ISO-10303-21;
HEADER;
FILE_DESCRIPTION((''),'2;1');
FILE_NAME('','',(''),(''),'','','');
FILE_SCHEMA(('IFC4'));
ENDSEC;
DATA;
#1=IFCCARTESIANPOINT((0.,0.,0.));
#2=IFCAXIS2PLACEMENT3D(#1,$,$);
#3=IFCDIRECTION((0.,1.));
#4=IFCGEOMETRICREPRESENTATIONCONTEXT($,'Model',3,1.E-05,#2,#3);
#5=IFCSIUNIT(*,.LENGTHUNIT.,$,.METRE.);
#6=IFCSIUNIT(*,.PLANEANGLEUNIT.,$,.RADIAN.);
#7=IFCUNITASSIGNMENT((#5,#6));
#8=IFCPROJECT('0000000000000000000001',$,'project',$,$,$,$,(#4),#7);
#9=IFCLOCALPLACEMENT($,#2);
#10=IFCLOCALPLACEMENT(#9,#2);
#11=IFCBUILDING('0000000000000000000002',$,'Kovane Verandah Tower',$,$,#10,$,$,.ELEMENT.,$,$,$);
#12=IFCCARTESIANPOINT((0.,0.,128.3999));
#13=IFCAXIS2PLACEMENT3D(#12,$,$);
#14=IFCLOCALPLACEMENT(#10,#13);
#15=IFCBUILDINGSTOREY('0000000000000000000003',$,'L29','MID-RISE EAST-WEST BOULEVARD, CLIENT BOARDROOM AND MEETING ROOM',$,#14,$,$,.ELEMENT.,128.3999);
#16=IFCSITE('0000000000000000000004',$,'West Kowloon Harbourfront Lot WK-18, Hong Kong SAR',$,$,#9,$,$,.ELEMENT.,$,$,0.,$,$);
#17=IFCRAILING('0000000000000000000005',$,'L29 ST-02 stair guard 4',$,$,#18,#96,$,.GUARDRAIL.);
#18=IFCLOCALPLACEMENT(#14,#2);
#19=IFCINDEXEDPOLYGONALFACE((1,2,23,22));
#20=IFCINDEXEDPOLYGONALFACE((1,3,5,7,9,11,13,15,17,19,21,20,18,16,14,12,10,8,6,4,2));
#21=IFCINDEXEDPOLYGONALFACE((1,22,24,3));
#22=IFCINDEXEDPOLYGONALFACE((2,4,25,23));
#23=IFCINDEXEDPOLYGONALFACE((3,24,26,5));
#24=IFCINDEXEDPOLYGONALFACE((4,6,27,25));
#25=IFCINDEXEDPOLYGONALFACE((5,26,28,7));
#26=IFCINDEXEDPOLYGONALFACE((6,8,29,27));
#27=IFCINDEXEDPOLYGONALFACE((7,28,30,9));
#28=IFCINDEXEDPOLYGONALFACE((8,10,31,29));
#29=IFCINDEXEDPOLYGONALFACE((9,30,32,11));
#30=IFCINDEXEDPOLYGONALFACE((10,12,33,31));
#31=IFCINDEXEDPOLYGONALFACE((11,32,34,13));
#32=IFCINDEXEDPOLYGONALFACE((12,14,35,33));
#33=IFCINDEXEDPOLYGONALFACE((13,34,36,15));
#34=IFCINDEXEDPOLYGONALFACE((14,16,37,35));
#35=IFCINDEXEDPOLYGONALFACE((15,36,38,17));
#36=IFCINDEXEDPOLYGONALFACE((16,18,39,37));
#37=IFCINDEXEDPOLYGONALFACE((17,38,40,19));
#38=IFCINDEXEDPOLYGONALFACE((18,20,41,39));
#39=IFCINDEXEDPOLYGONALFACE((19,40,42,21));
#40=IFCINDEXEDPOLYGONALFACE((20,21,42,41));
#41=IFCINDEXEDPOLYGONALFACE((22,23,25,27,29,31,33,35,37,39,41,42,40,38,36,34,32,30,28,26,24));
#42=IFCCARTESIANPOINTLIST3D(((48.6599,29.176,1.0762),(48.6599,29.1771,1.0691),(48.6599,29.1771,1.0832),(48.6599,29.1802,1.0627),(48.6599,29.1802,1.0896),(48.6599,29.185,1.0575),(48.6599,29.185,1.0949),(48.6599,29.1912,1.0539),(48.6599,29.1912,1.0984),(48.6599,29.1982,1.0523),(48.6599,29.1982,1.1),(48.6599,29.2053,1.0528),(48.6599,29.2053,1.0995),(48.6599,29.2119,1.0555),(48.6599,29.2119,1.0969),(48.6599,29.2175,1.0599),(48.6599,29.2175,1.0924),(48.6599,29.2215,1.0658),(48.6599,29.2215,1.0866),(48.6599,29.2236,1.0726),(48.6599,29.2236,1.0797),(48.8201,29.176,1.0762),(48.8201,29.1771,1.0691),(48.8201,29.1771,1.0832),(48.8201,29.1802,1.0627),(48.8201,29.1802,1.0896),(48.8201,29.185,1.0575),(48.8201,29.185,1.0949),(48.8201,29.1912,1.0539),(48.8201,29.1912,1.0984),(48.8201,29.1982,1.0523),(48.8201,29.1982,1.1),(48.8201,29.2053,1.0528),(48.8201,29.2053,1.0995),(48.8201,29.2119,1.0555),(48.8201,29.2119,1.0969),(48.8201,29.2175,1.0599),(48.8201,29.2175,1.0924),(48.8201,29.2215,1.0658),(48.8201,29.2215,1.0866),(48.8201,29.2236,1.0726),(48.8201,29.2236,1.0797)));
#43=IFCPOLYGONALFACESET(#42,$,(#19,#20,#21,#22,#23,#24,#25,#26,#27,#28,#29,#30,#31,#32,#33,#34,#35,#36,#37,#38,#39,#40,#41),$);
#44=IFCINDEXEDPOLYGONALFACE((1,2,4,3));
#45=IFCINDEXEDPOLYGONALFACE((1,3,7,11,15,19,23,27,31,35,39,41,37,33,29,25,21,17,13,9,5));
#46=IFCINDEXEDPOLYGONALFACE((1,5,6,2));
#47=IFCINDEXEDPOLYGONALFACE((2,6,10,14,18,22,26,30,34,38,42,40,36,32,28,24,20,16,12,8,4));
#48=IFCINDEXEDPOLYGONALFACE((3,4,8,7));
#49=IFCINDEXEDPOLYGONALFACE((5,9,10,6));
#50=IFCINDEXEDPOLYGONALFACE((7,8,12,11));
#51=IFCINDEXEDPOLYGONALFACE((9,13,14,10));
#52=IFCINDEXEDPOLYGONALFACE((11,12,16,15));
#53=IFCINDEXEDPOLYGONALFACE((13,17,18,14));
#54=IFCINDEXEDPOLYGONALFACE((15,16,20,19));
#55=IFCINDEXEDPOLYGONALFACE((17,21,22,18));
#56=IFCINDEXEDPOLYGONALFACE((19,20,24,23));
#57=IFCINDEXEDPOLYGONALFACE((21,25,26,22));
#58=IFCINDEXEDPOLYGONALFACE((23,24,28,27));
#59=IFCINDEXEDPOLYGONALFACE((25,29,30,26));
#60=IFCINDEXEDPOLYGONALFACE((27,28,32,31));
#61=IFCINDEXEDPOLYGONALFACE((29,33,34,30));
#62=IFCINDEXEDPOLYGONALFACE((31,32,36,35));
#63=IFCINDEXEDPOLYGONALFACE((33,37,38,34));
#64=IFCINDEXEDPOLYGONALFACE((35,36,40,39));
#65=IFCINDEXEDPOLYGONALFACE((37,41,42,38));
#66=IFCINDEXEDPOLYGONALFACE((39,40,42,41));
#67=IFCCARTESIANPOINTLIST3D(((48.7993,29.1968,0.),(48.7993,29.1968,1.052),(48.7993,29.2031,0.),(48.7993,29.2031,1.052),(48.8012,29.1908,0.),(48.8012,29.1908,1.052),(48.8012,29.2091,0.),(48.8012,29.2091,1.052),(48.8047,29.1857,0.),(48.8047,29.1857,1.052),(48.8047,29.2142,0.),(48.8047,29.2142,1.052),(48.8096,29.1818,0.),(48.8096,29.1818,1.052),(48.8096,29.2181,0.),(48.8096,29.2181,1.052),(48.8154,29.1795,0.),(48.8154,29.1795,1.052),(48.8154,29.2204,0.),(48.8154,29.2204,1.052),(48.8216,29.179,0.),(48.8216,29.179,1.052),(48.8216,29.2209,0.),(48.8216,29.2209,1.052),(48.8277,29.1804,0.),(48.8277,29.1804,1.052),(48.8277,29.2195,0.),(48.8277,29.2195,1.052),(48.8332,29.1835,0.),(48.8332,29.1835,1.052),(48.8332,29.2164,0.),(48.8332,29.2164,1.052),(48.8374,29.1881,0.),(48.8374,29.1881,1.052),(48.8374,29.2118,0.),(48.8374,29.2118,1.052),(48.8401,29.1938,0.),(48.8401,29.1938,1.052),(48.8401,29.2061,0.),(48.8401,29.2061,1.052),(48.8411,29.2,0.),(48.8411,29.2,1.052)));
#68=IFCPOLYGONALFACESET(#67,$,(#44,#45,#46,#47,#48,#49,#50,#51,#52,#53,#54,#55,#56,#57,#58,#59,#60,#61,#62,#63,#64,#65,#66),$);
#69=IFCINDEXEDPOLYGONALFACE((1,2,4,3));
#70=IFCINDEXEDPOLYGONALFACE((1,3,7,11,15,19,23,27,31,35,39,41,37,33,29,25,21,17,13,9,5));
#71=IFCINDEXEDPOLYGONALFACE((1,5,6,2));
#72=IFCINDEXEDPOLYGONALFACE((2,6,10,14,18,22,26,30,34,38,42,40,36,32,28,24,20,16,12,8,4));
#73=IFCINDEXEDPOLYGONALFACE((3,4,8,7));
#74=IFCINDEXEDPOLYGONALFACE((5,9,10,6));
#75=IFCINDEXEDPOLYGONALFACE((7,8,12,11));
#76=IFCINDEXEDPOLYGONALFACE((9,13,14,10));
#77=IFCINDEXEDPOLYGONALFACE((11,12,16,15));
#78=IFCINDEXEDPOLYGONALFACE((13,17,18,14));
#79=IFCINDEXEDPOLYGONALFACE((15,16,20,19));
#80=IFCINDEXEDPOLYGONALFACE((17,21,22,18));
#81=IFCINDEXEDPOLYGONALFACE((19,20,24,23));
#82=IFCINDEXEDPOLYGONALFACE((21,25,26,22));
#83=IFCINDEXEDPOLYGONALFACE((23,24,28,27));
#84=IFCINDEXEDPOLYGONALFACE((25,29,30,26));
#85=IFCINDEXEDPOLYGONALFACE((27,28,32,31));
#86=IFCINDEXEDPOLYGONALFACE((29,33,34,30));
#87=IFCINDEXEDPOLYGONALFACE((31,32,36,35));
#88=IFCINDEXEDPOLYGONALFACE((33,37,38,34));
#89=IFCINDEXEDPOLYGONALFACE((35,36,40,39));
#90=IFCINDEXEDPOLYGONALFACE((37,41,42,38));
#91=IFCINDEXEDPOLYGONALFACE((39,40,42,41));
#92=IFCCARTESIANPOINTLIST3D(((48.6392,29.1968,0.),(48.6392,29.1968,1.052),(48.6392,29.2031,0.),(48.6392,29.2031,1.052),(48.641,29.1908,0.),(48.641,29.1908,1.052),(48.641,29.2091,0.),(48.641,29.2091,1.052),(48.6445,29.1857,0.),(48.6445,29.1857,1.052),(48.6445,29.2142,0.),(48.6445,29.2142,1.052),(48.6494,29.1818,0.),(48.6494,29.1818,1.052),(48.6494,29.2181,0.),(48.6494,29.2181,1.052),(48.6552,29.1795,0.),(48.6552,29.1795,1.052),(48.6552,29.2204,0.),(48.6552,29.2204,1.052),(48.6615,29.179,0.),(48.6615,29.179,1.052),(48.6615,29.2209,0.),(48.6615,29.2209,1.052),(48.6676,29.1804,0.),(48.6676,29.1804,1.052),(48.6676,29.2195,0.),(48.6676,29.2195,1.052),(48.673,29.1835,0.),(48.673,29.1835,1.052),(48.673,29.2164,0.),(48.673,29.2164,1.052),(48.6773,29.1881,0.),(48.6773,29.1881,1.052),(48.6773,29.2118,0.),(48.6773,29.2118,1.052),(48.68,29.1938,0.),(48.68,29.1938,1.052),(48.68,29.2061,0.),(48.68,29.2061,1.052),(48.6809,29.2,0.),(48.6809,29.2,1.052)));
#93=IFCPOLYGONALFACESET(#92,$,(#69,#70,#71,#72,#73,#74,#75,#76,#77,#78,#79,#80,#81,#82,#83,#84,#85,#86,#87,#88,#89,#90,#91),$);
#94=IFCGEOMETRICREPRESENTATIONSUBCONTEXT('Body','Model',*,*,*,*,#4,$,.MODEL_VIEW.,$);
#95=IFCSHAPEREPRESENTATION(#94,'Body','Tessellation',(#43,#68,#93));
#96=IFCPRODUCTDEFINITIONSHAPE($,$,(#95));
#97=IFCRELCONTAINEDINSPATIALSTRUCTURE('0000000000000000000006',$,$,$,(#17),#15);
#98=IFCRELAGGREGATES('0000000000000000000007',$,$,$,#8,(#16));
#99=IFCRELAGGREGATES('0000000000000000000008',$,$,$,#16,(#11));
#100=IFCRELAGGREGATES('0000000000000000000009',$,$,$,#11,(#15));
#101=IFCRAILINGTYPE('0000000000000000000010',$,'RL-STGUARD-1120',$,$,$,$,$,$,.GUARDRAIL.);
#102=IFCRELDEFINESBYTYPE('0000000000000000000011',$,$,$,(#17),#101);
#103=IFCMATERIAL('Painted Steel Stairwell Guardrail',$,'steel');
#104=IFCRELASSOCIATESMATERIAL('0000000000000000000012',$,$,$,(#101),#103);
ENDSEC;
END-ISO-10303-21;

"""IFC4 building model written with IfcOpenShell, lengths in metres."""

from ifc_helpers import new_model, si_unit, direction, frame, origin, origin_2d, place, context, subcontext, project, spatial, circle, extrude, material, type_object, element, save


model = new_model("IFC4")

# Units and contexts
model_context = context("Model", 3, precision=1e-05, world=origin(), true_north=direction((0.0, 1.0)))
body_context = subcontext(model_context, "Body", "Model", "MODEL_VIEW")
ifc_project = project(units=[si_unit("LENGTHUNIT", "METRE"), si_unit("PLANEANGLEUNIT", "RADIAN")], contexts=[model_context])

# Site, building, storey
site_placement = place(None, origin())
site = spatial("IfcSite", under=ifc_project, at=site_placement, Name="West Kowloon Harbourfront Lot WK-18, Hong Kong SAR", CompositionType="ELEMENT", RefElevation=0.0)
building_placement = place(site_placement, origin())
building = spatial("IfcBuilding", under=site, at=building_placement, Name="Kovane Verandah Tower", CompositionType="ELEMENT")
storey_placement = place(building_placement, frame((0.0, 0.0, 128.3999)))
storey = spatial("IfcBuildingStorey", under=building, at=storey_placement, Name="L29", Description="MID-RISE EAST-WEST BOULEVARD, CLIENT BOARDROOM AND MEETING ROOM", CompositionType="ELEMENT", Elevation=128.3999)

# Railing
ifc_material_1 = material(Name="Painted Steel Stairwell Guardrail", Category="steel")
railing_type_1 = type_object("IfcRailingType", Name="RL-STGUARD-1120", PredefinedType="GUARDRAIL", material=ifc_material_1)
railing_1_placement = place(storey_placement, frame((48.8201, 29.2, 0.0)))
element("IfcRailing", 1, at=railing_1_placement, inside=storey, type_object=railing_type_1, Name="L29 ST-02 stair guard 4", PredefinedType="GUARDRAIL", context=body_context, shape_type="SweptSolid", body=[
    extrude(circle(Radius=0.0239, at=origin_2d()), frame((0.0, 0.0, 1.0762), z_axis=(-1.0, 0.0, 0.0), x_axis=(0.0, -1.0, 0.0)), (0.0, 0.0, 1.0), 0.1602),
    extrude(circle(Radius=0.021, at=origin_2d()), origin(), (0.0, 0.0, 1.0), 1.052),
    extrude(circle(Radius=0.021, at=origin_2d()), frame((-0.1602, 0.0, 0.0)), (0.0, 0.0, 1.0), 1.052),
])

save(model, "model.ifc")
